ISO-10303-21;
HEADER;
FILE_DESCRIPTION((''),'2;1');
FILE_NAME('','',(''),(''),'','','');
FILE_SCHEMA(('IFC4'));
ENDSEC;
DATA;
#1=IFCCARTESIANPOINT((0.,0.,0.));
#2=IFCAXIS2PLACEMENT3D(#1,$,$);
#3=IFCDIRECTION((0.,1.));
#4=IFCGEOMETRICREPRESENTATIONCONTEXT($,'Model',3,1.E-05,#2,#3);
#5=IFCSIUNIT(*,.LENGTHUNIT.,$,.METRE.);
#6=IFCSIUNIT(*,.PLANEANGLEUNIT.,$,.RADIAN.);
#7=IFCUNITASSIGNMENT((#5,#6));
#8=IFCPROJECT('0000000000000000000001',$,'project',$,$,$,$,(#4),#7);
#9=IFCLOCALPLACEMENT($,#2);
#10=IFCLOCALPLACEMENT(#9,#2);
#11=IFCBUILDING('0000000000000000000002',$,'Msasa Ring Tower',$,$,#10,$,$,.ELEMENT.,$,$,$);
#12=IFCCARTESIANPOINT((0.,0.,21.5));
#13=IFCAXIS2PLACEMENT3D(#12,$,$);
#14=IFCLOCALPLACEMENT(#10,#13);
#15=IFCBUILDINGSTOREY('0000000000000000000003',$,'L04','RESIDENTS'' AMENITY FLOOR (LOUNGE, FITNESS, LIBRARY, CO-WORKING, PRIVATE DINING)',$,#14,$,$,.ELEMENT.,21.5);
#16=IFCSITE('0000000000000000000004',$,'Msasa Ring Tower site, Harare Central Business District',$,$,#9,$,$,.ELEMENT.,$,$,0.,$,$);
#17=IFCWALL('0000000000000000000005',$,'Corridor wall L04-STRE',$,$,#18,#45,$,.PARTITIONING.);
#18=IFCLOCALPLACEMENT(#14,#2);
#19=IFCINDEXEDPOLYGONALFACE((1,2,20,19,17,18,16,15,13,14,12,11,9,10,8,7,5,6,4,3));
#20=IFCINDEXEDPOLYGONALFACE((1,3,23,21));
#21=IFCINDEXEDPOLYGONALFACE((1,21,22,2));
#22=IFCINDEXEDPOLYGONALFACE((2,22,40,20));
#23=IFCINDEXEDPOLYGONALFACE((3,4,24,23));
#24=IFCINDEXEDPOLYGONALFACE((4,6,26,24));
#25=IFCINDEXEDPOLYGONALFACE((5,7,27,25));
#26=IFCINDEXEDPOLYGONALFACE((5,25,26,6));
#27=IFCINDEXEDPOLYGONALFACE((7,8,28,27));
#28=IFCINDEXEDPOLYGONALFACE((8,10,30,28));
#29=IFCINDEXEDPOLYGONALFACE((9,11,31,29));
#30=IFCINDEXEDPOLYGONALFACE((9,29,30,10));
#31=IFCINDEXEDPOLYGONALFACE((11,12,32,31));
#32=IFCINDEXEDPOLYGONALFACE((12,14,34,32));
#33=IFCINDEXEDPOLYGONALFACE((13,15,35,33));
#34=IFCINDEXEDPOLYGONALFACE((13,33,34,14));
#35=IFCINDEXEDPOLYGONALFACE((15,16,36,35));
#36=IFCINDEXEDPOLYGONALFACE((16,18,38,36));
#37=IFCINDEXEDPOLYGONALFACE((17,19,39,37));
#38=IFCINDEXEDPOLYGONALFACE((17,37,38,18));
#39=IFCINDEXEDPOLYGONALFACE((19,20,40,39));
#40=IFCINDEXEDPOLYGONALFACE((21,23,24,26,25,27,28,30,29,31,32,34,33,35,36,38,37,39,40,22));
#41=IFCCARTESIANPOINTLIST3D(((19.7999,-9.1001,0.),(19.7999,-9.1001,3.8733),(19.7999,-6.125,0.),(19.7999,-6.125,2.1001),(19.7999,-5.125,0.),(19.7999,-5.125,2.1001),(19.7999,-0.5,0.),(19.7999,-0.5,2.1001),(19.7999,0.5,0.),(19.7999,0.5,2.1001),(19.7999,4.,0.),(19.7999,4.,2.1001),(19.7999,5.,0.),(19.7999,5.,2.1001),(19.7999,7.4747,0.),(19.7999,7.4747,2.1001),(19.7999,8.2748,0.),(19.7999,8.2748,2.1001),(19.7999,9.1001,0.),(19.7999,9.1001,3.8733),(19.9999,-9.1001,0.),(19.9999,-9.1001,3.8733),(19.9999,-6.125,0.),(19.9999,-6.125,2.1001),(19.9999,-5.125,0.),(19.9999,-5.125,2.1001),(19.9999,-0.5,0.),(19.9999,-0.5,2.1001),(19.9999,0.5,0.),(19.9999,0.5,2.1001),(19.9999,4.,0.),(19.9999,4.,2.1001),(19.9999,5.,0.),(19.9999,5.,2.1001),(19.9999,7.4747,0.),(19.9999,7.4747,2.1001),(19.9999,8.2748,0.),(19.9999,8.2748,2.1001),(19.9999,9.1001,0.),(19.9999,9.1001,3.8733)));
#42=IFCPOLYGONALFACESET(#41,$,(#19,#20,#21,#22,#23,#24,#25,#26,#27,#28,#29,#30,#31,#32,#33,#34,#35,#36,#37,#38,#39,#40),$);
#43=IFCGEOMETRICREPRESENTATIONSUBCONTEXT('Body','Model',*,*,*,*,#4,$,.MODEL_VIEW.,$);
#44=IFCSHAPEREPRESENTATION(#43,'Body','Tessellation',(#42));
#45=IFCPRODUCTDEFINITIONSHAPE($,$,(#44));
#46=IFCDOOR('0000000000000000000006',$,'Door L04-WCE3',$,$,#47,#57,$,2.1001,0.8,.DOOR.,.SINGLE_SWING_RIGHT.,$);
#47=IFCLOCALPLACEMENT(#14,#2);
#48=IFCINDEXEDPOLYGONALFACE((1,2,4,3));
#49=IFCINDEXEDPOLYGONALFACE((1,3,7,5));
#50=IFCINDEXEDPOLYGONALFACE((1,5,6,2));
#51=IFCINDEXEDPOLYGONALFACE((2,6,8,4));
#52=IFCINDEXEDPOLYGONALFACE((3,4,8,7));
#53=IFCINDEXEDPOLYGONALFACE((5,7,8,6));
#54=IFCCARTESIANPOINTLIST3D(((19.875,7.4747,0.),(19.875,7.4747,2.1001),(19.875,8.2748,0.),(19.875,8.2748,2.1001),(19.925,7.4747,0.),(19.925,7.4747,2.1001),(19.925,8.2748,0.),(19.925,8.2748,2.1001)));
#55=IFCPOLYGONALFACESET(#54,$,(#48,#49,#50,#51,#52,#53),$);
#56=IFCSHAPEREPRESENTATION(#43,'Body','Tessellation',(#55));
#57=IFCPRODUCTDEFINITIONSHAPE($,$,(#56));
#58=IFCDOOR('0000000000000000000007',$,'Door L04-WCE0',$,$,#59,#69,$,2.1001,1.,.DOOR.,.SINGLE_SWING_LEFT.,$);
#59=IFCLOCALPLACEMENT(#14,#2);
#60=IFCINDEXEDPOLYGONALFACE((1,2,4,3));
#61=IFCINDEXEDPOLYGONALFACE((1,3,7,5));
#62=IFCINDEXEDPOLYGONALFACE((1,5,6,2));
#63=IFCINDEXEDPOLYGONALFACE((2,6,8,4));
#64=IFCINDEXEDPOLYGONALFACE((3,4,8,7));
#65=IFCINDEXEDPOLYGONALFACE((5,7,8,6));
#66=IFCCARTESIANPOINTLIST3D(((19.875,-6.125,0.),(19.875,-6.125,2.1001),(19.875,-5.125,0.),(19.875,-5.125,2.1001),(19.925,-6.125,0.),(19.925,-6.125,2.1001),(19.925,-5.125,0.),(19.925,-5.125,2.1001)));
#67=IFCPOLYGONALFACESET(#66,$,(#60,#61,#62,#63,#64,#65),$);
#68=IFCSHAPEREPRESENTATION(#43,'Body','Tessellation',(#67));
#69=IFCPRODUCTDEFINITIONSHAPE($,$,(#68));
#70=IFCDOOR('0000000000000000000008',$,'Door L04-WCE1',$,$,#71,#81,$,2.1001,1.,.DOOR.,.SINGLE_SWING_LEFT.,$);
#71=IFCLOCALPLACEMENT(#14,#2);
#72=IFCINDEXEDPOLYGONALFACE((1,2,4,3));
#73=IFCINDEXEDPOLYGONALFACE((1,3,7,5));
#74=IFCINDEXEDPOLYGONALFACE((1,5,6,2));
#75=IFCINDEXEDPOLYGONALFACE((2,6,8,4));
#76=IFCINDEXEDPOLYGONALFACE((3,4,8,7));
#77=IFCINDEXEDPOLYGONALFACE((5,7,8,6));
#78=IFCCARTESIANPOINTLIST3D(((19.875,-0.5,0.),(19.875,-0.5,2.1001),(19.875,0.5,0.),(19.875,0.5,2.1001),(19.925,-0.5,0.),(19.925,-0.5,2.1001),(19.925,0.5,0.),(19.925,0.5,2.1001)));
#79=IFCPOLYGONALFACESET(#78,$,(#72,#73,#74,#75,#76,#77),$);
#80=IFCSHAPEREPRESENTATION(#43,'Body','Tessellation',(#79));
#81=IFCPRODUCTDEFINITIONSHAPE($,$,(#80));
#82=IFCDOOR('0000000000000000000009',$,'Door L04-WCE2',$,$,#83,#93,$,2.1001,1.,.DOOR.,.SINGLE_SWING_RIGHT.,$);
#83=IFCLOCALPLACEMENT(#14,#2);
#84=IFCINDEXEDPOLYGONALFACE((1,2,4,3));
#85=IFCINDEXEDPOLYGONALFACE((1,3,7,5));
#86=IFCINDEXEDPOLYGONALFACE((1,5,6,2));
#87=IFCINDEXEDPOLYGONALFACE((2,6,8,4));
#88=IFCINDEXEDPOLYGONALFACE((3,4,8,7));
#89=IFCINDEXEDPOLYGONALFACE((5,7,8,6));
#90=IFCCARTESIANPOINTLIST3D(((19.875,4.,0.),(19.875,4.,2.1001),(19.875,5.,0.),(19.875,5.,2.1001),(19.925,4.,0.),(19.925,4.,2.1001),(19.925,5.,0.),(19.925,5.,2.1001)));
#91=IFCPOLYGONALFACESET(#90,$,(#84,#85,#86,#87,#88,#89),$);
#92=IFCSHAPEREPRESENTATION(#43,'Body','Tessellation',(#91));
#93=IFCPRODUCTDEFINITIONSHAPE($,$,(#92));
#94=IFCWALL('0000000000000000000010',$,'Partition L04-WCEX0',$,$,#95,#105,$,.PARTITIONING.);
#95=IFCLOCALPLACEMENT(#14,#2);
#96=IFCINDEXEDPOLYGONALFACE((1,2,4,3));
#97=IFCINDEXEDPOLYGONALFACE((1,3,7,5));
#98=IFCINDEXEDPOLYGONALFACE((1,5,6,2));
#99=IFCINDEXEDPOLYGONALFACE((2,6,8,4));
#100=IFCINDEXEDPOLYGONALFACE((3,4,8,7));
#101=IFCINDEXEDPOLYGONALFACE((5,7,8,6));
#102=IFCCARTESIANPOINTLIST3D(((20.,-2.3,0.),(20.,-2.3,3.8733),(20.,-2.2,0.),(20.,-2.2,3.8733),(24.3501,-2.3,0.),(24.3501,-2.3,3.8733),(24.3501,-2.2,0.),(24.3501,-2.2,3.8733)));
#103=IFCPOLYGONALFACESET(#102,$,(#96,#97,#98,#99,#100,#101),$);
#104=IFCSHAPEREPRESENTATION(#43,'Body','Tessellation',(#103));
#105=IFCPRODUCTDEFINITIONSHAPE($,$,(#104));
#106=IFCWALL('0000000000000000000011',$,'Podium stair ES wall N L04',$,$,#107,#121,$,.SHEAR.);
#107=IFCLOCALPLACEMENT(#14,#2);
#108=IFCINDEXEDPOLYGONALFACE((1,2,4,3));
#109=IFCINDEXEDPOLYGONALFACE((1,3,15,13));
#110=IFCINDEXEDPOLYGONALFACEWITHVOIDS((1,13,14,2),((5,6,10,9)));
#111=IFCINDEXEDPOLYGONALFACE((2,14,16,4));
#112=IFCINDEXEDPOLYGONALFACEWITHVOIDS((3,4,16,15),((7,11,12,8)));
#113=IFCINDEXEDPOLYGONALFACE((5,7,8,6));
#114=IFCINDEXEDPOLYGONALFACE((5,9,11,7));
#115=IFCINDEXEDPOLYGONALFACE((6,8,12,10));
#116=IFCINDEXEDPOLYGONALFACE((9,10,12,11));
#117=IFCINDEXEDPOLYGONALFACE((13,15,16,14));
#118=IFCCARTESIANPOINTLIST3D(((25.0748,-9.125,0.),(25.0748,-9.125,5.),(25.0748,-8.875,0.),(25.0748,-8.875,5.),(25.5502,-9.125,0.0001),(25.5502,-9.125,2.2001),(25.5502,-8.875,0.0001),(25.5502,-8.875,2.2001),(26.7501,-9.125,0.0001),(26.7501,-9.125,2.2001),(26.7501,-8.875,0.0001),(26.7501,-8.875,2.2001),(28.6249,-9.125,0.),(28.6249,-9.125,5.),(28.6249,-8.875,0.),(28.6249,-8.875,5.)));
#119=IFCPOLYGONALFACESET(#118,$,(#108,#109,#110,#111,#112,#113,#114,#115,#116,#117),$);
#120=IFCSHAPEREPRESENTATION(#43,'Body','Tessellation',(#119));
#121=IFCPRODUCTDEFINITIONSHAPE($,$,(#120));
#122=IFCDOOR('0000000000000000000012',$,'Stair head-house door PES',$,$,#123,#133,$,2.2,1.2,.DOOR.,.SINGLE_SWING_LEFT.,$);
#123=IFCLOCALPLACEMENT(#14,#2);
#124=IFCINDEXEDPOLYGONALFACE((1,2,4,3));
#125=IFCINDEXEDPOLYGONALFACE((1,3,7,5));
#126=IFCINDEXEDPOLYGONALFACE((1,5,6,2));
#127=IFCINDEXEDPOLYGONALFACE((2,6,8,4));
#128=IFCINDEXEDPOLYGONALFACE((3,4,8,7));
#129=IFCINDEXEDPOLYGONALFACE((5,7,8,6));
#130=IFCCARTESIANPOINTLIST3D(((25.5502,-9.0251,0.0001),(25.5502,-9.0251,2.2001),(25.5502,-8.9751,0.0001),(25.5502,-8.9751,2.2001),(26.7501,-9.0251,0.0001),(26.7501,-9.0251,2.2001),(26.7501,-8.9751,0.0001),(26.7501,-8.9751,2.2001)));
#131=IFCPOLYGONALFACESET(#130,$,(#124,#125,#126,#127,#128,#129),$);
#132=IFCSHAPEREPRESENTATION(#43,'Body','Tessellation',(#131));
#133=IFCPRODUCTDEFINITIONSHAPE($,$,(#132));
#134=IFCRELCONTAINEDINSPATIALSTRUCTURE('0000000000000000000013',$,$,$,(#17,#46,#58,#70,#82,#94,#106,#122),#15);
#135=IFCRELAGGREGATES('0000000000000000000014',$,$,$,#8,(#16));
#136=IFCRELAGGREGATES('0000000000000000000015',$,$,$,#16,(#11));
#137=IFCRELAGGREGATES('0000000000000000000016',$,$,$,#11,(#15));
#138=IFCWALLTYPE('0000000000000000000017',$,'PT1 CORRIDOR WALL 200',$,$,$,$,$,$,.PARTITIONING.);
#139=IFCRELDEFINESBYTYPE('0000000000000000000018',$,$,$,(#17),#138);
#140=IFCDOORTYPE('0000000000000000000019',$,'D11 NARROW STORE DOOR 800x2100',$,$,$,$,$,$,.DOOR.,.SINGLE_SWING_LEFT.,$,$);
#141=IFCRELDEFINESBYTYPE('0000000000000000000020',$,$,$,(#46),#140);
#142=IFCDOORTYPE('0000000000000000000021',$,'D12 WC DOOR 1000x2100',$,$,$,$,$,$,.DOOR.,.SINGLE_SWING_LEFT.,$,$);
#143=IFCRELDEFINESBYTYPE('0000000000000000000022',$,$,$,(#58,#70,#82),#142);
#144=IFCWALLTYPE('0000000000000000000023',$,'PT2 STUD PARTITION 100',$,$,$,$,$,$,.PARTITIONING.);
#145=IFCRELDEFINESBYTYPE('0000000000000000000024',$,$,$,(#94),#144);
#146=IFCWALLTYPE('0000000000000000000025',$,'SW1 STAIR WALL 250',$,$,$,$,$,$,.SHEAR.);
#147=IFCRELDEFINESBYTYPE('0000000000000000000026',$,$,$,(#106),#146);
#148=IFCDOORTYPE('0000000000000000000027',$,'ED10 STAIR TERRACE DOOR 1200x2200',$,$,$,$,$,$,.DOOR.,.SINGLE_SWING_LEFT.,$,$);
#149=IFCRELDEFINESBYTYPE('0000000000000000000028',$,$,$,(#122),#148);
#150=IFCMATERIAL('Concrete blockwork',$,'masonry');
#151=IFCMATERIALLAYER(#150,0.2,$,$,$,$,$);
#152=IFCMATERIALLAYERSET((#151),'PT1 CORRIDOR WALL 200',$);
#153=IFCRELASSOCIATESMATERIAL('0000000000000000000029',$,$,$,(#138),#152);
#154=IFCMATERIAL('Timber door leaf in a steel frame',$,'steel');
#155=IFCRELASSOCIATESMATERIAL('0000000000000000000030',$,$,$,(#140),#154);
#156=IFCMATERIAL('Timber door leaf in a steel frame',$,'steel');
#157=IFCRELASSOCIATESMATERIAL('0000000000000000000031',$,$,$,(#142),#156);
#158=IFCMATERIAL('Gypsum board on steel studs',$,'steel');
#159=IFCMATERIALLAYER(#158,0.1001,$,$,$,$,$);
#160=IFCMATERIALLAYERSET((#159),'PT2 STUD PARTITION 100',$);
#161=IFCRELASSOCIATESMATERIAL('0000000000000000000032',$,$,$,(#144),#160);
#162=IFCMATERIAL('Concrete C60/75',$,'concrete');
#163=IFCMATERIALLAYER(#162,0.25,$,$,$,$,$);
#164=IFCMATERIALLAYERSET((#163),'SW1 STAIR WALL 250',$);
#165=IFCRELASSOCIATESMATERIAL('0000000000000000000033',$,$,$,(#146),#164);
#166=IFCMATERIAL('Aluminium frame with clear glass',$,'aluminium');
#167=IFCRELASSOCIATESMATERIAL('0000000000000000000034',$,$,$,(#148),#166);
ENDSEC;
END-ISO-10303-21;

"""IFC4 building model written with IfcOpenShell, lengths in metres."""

from ifc_helpers import new_model, si_unit, direction, frame, frame_2d, origin, place, context, subcontext, project, spatial, rectangle, extrude, material, layer, layer_set, type_object, element, fill, save


model = new_model("IFC4")

# Units and contexts
model_context = context("Model", 3, precision=1e-05, world=origin(), true_north=direction((0.0, 1.0)))
body_context = subcontext(model_context, "Body", "Model", "MODEL_VIEW")
ifc_project = project(units=[si_unit("LENGTHUNIT", "METRE"), si_unit("PLANEANGLEUNIT", "RADIAN")], contexts=[model_context])

# Site, building, storey
site_placement = place(None, origin())
site = spatial("IfcSite", under=ifc_project, at=site_placement, Name="Msasa Ring Tower site, Harare Central Business District", CompositionType="ELEMENT", RefElevation=0.0)
building_placement = place(site_placement, origin())
building = spatial("IfcBuilding", under=site, at=building_placement, Name="Msasa Ring Tower", CompositionType="ELEMENT")
storey_placement = place(building_placement, frame((0.0, 0.0, 21.5)))
storey = spatial("IfcBuildingStorey", under=building, at=storey_placement, Name="L04", Description="RESIDENTS' AMENITY FLOOR (LOUNGE, FITNESS, LIBRARY, CO-WORKING, PRIVATE DINING)", CompositionType="ELEMENT", Elevation=21.5)

# Wall, openings, doors
ifc_material_1 = material(Name="Concrete blockwork", Category="masonry")
ifc_layer_1 = layer(ifc_material_1, 0.2)
ifc_layer_set_1 = layer_set([ifc_layer_1], Name="PT1 CORRIDOR WALL 200")
wall_type_1 = type_object("IfcWallType", Name="PT1 CORRIDOR WALL 200", PredefinedType="PARTITIONING", material=ifc_layer_set_1)
wall_1_placement = place(storey_placement, frame((19.8999, -9.1001, 0.0), z_axis=(0.0, 0.0, 1.0), x_axis=(0.0, 1.0, 0.0)))
wall_1 = element("IfcWall", 1, at=wall_1_placement, inside=storey, type_object=wall_type_1, Name="Corridor wall L04-STRE", PredefinedType="PARTITIONING", context=body_context, shape_type="SweptSolid", body=[
    extrude(rectangle(XDim=18.2002, YDim=0.2, at=frame_2d((9.1001, 0.0))), origin(), (0.0, 0.0, 1.0), 3.8733),
])
opening_1_placement = place(wall_1_placement, frame((2.9751, 0.0, 0.0)))
opening_1 = element("IfcOpeningElement", 2, at=opening_1_placement, cuts=wall_1, PredefinedType="OPENING", context=body_context, shape_type="SweptSolid", body=[
    extrude(rectangle(XDim=1.0, YDim=2.1001, at=frame_2d((0.5, 1.05))), frame((0.0, 0.1099, 0.0), z_axis=(0.0, -1.0, 0.0), x_axis=(1.0, 0.0, 0.0)), (0.0, 0.0, 1.0), 0.22),
])
opening_2_placement = place(wall_1_placement, frame((8.6001, 0.0, 0.0)))
opening_2 = element("IfcOpeningElement", 3, at=opening_2_placement, cuts=wall_1, PredefinedType="OPENING", context=body_context, shape_type="SweptSolid", body=[
    extrude(rectangle(XDim=1.0, YDim=2.1001, at=frame_2d((0.5, 1.05))), frame((0.0, 0.1099, 0.0), z_axis=(0.0, -1.0, 0.0), x_axis=(1.0, 0.0, 0.0)), (0.0, 0.0, 1.0), 0.22),
])
opening_3_placement = place(wall_1_placement, frame((13.1001, 0.0, 0.0)))
opening_3 = element("IfcOpeningElement", 4, at=opening_3_placement, cuts=wall_1, PredefinedType="OPENING", context=body_context, shape_type="SweptSolid", body=[
    extrude(rectangle(XDim=1.0, YDim=2.1001, at=frame_2d((0.5, 1.05))), frame((0.0, 0.1099, 0.0), z_axis=(0.0, -1.0, 0.0), x_axis=(1.0, 0.0, 0.0)), (0.0, 0.0, 1.0), 0.22),
])
opening_4_placement = place(wall_1_placement, frame((16.575, 0.0, 0.0)))
opening_4 = element("IfcOpeningElement", 5, at=opening_4_placement, cuts=wall_1, PredefinedType="OPENING", context=body_context, shape_type="SweptSolid", body=[
    extrude(rectangle(XDim=0.8, YDim=2.1001, at=frame_2d((0.3999, 1.05))), frame((0.0, 0.1099, 0.0), z_axis=(0.0, -1.0, 0.0), x_axis=(1.0, 0.0, 0.0)), (0.0, 0.0, 1.0), 0.22),
])
ifc_material_2 = material(Name="Timber door leaf in a steel frame", Category="steel")
door_type_1 = type_object("IfcDoorType", Name="D11 NARROW STORE DOOR 800x2100", OperationType="SINGLE_SWING_LEFT", PredefinedType="DOOR", material=ifc_material_2)
door_1_placement = place(opening_4_placement, origin())
door_1 = element("IfcDoor", 6, at=door_1_placement, inside=storey, type_object=door_type_1, Name="Door L04-WCE3", OperationType="SINGLE_SWING_RIGHT", OverallHeight=2.1001, OverallWidth=0.8, PredefinedType="DOOR", context=body_context, shape_type="SweptSolid", body=[
    extrude(rectangle(XDim=0.8, YDim=2.1001, at=frame_2d((0.3999, 1.05))), frame((0.0, 0.0249, 0.0), z_axis=(0.0, -1.0, 0.0), x_axis=(1.0, 0.0, 0.0)), (0.0, 0.0, 1.0), 0.05),
])
fill(opening_4, door_1)
ifc_material_3 = material(Name="Timber door leaf in a steel frame", Category="steel")
door_type_2 = type_object("IfcDoorType", Name="D12 WC DOOR 1000x2100", OperationType="SINGLE_SWING_LEFT", PredefinedType="DOOR", material=ifc_material_3)
door_2_placement = place(opening_1_placement, origin())
door_2 = element("IfcDoor", 7, at=door_2_placement, inside=storey, type_object=door_type_2, Name="Door L04-WCE0", OperationType="SINGLE_SWING_LEFT", OverallHeight=2.1001, OverallWidth=1.0, PredefinedType="DOOR", context=body_context, shape_type="SweptSolid", body=[
    extrude(rectangle(XDim=1.0, YDim=2.1001, at=frame_2d((0.5, 1.05))), frame((0.0, 0.0249, 0.0), z_axis=(0.0, -1.0, 0.0), x_axis=(1.0, 0.0, 0.0)), (0.0, 0.0, 1.0), 0.05),
])
fill(opening_1, door_2)
door_3_placement = place(opening_2_placement, origin())
door_3 = element("IfcDoor", 8, at=door_3_placement, inside=storey, type_object=door_type_2, Name="Door L04-WCE1", OperationType="SINGLE_SWING_LEFT", OverallHeight=2.1001, OverallWidth=1.0, PredefinedType="DOOR", context=body_context, shape_type="SweptSolid", body=[
    extrude(rectangle(XDim=1.0, YDim=2.1001, at=frame_2d((0.5, 1.05))), frame((0.0, 0.0249, 0.0), z_axis=(0.0, -1.0, 0.0), x_axis=(1.0, 0.0, 0.0)), (0.0, 0.0, 1.0), 0.05),
])
fill(opening_2, door_3)
door_4_placement = place(opening_3_placement, origin())
door_4 = element("IfcDoor", 9, at=door_4_placement, inside=storey, type_object=door_type_2, Name="Door L04-WCE2", OperationType="SINGLE_SWING_RIGHT", OverallHeight=2.1001, OverallWidth=1.0, PredefinedType="DOOR", context=body_context, shape_type="SweptSolid", body=[
    extrude(rectangle(XDim=1.0, YDim=2.1001, at=frame_2d((0.5, 1.05))), frame((0.0, 0.0249, 0.0), z_axis=(0.0, -1.0, 0.0), x_axis=(1.0, 0.0, 0.0)), (0.0, 0.0, 1.0), 0.05),
])
fill(opening_3, door_4)

# Wall
ifc_material_4 = material(Name="Gypsum board on steel studs", Category="steel")
ifc_layer_2 = layer(ifc_material_4, 0.1001)
ifc_layer_set_2 = layer_set([ifc_layer_2], Name="PT2 STUD PARTITION 100")
wall_type_2 = type_object("IfcWallType", Name="PT2 STUD PARTITION 100", PredefinedType="PARTITIONING", material=ifc_layer_set_2)
wall_2_placement = place(storey_placement, frame((20.0, -2.25, 0.0), z_axis=(0.0, 0.0, 1.0), x_axis=(1.0, 0.0, 0.0)))
element("IfcWall", 10, at=wall_2_placement, inside=storey, type_object=wall_type_2, Name="Partition L04-WCEX0", PredefinedType="PARTITIONING", context=body_context, shape_type="SweptSolid", body=[
    extrude(rectangle(XDim=4.3501, YDim=0.1001, at=frame_2d((2.175, 0.0))), origin(), (0.0, 0.0, 1.0), 3.8733),
])

# Wall, opening, door
ifc_material_5 = material(Name="Concrete C60/75", Category="concrete")
ifc_layer_3 = layer(ifc_material_5, 0.25)
ifc_layer_set_3 = layer_set([ifc_layer_3], Name="SW1 STAIR WALL 250")
wall_type_3 = type_object("IfcWallType", Name="SW1 STAIR WALL 250", PredefinedType="SHEAR", material=ifc_layer_set_3)
wall_3_placement = place(storey_placement, frame((25.075, -9.0, 0.0), z_axis=(0.0, 0.0, 1.0), x_axis=(1.0, 0.0, 0.0)))
wall_3 = element("IfcWall", 11, at=wall_3_placement, inside=storey, type_object=wall_type_3, Name="Podium stair ES wall N L04", PredefinedType="SHEAR", context=body_context, shape_type="SweptSolid", body=[
    extrude(rectangle(XDim=3.55, YDim=0.25, at=frame_2d((1.7749, 0.0))), origin(), (0.0, 0.0, 1.0), 5.0),
])
opening_5_placement = place(wall_3_placement, frame((0.4751, 0.0, 0.0)))
opening_5 = element("IfcOpeningElement", 12, at=opening_5_placement, cuts=wall_3, PredefinedType="OPENING", context=body_context, shape_type="SweptSolid", body=[
    extrude(rectangle(XDim=1.2, YDim=2.2, at=frame_2d((0.6001, 1.1001))), frame((0.0, 0.135, 0.0), z_axis=(0.0, -1.0, 0.0), x_axis=(1.0, 0.0, 0.0)), (0.0, 0.0, 1.0), 0.27),
])
ifc_material_6 = material(Name="Aluminium frame with clear glass", Category="aluminium")
door_type_3 = type_object("IfcDoorType", Name="ED10 STAIR TERRACE DOOR 1200x2200", OperationType="SINGLE_SWING_LEFT", PredefinedType="DOOR", material=ifc_material_6)
door_5_placement = place(opening_5_placement, origin())
door_5 = element("IfcDoor", 13, at=door_5_placement, inside=storey, type_object=door_type_3, Name="Stair head-house door PES", OperationType="SINGLE_SWING_LEFT", OverallHeight=2.2, OverallWidth=1.2, PredefinedType="DOOR", context=body_context, shape_type="SweptSolid", body=[
    extrude(rectangle(XDim=1.2, YDim=2.2, at=frame_2d((0.6001, 1.1001))), frame((0.0, 0.0249, 0.0), z_axis=(0.0, -1.0, 0.0), x_axis=(1.0, 0.0, 0.0)), (0.0, 0.0, 1.0), 0.05),
])
fill(opening_5, door_5)

save(model, "model.ifc")
